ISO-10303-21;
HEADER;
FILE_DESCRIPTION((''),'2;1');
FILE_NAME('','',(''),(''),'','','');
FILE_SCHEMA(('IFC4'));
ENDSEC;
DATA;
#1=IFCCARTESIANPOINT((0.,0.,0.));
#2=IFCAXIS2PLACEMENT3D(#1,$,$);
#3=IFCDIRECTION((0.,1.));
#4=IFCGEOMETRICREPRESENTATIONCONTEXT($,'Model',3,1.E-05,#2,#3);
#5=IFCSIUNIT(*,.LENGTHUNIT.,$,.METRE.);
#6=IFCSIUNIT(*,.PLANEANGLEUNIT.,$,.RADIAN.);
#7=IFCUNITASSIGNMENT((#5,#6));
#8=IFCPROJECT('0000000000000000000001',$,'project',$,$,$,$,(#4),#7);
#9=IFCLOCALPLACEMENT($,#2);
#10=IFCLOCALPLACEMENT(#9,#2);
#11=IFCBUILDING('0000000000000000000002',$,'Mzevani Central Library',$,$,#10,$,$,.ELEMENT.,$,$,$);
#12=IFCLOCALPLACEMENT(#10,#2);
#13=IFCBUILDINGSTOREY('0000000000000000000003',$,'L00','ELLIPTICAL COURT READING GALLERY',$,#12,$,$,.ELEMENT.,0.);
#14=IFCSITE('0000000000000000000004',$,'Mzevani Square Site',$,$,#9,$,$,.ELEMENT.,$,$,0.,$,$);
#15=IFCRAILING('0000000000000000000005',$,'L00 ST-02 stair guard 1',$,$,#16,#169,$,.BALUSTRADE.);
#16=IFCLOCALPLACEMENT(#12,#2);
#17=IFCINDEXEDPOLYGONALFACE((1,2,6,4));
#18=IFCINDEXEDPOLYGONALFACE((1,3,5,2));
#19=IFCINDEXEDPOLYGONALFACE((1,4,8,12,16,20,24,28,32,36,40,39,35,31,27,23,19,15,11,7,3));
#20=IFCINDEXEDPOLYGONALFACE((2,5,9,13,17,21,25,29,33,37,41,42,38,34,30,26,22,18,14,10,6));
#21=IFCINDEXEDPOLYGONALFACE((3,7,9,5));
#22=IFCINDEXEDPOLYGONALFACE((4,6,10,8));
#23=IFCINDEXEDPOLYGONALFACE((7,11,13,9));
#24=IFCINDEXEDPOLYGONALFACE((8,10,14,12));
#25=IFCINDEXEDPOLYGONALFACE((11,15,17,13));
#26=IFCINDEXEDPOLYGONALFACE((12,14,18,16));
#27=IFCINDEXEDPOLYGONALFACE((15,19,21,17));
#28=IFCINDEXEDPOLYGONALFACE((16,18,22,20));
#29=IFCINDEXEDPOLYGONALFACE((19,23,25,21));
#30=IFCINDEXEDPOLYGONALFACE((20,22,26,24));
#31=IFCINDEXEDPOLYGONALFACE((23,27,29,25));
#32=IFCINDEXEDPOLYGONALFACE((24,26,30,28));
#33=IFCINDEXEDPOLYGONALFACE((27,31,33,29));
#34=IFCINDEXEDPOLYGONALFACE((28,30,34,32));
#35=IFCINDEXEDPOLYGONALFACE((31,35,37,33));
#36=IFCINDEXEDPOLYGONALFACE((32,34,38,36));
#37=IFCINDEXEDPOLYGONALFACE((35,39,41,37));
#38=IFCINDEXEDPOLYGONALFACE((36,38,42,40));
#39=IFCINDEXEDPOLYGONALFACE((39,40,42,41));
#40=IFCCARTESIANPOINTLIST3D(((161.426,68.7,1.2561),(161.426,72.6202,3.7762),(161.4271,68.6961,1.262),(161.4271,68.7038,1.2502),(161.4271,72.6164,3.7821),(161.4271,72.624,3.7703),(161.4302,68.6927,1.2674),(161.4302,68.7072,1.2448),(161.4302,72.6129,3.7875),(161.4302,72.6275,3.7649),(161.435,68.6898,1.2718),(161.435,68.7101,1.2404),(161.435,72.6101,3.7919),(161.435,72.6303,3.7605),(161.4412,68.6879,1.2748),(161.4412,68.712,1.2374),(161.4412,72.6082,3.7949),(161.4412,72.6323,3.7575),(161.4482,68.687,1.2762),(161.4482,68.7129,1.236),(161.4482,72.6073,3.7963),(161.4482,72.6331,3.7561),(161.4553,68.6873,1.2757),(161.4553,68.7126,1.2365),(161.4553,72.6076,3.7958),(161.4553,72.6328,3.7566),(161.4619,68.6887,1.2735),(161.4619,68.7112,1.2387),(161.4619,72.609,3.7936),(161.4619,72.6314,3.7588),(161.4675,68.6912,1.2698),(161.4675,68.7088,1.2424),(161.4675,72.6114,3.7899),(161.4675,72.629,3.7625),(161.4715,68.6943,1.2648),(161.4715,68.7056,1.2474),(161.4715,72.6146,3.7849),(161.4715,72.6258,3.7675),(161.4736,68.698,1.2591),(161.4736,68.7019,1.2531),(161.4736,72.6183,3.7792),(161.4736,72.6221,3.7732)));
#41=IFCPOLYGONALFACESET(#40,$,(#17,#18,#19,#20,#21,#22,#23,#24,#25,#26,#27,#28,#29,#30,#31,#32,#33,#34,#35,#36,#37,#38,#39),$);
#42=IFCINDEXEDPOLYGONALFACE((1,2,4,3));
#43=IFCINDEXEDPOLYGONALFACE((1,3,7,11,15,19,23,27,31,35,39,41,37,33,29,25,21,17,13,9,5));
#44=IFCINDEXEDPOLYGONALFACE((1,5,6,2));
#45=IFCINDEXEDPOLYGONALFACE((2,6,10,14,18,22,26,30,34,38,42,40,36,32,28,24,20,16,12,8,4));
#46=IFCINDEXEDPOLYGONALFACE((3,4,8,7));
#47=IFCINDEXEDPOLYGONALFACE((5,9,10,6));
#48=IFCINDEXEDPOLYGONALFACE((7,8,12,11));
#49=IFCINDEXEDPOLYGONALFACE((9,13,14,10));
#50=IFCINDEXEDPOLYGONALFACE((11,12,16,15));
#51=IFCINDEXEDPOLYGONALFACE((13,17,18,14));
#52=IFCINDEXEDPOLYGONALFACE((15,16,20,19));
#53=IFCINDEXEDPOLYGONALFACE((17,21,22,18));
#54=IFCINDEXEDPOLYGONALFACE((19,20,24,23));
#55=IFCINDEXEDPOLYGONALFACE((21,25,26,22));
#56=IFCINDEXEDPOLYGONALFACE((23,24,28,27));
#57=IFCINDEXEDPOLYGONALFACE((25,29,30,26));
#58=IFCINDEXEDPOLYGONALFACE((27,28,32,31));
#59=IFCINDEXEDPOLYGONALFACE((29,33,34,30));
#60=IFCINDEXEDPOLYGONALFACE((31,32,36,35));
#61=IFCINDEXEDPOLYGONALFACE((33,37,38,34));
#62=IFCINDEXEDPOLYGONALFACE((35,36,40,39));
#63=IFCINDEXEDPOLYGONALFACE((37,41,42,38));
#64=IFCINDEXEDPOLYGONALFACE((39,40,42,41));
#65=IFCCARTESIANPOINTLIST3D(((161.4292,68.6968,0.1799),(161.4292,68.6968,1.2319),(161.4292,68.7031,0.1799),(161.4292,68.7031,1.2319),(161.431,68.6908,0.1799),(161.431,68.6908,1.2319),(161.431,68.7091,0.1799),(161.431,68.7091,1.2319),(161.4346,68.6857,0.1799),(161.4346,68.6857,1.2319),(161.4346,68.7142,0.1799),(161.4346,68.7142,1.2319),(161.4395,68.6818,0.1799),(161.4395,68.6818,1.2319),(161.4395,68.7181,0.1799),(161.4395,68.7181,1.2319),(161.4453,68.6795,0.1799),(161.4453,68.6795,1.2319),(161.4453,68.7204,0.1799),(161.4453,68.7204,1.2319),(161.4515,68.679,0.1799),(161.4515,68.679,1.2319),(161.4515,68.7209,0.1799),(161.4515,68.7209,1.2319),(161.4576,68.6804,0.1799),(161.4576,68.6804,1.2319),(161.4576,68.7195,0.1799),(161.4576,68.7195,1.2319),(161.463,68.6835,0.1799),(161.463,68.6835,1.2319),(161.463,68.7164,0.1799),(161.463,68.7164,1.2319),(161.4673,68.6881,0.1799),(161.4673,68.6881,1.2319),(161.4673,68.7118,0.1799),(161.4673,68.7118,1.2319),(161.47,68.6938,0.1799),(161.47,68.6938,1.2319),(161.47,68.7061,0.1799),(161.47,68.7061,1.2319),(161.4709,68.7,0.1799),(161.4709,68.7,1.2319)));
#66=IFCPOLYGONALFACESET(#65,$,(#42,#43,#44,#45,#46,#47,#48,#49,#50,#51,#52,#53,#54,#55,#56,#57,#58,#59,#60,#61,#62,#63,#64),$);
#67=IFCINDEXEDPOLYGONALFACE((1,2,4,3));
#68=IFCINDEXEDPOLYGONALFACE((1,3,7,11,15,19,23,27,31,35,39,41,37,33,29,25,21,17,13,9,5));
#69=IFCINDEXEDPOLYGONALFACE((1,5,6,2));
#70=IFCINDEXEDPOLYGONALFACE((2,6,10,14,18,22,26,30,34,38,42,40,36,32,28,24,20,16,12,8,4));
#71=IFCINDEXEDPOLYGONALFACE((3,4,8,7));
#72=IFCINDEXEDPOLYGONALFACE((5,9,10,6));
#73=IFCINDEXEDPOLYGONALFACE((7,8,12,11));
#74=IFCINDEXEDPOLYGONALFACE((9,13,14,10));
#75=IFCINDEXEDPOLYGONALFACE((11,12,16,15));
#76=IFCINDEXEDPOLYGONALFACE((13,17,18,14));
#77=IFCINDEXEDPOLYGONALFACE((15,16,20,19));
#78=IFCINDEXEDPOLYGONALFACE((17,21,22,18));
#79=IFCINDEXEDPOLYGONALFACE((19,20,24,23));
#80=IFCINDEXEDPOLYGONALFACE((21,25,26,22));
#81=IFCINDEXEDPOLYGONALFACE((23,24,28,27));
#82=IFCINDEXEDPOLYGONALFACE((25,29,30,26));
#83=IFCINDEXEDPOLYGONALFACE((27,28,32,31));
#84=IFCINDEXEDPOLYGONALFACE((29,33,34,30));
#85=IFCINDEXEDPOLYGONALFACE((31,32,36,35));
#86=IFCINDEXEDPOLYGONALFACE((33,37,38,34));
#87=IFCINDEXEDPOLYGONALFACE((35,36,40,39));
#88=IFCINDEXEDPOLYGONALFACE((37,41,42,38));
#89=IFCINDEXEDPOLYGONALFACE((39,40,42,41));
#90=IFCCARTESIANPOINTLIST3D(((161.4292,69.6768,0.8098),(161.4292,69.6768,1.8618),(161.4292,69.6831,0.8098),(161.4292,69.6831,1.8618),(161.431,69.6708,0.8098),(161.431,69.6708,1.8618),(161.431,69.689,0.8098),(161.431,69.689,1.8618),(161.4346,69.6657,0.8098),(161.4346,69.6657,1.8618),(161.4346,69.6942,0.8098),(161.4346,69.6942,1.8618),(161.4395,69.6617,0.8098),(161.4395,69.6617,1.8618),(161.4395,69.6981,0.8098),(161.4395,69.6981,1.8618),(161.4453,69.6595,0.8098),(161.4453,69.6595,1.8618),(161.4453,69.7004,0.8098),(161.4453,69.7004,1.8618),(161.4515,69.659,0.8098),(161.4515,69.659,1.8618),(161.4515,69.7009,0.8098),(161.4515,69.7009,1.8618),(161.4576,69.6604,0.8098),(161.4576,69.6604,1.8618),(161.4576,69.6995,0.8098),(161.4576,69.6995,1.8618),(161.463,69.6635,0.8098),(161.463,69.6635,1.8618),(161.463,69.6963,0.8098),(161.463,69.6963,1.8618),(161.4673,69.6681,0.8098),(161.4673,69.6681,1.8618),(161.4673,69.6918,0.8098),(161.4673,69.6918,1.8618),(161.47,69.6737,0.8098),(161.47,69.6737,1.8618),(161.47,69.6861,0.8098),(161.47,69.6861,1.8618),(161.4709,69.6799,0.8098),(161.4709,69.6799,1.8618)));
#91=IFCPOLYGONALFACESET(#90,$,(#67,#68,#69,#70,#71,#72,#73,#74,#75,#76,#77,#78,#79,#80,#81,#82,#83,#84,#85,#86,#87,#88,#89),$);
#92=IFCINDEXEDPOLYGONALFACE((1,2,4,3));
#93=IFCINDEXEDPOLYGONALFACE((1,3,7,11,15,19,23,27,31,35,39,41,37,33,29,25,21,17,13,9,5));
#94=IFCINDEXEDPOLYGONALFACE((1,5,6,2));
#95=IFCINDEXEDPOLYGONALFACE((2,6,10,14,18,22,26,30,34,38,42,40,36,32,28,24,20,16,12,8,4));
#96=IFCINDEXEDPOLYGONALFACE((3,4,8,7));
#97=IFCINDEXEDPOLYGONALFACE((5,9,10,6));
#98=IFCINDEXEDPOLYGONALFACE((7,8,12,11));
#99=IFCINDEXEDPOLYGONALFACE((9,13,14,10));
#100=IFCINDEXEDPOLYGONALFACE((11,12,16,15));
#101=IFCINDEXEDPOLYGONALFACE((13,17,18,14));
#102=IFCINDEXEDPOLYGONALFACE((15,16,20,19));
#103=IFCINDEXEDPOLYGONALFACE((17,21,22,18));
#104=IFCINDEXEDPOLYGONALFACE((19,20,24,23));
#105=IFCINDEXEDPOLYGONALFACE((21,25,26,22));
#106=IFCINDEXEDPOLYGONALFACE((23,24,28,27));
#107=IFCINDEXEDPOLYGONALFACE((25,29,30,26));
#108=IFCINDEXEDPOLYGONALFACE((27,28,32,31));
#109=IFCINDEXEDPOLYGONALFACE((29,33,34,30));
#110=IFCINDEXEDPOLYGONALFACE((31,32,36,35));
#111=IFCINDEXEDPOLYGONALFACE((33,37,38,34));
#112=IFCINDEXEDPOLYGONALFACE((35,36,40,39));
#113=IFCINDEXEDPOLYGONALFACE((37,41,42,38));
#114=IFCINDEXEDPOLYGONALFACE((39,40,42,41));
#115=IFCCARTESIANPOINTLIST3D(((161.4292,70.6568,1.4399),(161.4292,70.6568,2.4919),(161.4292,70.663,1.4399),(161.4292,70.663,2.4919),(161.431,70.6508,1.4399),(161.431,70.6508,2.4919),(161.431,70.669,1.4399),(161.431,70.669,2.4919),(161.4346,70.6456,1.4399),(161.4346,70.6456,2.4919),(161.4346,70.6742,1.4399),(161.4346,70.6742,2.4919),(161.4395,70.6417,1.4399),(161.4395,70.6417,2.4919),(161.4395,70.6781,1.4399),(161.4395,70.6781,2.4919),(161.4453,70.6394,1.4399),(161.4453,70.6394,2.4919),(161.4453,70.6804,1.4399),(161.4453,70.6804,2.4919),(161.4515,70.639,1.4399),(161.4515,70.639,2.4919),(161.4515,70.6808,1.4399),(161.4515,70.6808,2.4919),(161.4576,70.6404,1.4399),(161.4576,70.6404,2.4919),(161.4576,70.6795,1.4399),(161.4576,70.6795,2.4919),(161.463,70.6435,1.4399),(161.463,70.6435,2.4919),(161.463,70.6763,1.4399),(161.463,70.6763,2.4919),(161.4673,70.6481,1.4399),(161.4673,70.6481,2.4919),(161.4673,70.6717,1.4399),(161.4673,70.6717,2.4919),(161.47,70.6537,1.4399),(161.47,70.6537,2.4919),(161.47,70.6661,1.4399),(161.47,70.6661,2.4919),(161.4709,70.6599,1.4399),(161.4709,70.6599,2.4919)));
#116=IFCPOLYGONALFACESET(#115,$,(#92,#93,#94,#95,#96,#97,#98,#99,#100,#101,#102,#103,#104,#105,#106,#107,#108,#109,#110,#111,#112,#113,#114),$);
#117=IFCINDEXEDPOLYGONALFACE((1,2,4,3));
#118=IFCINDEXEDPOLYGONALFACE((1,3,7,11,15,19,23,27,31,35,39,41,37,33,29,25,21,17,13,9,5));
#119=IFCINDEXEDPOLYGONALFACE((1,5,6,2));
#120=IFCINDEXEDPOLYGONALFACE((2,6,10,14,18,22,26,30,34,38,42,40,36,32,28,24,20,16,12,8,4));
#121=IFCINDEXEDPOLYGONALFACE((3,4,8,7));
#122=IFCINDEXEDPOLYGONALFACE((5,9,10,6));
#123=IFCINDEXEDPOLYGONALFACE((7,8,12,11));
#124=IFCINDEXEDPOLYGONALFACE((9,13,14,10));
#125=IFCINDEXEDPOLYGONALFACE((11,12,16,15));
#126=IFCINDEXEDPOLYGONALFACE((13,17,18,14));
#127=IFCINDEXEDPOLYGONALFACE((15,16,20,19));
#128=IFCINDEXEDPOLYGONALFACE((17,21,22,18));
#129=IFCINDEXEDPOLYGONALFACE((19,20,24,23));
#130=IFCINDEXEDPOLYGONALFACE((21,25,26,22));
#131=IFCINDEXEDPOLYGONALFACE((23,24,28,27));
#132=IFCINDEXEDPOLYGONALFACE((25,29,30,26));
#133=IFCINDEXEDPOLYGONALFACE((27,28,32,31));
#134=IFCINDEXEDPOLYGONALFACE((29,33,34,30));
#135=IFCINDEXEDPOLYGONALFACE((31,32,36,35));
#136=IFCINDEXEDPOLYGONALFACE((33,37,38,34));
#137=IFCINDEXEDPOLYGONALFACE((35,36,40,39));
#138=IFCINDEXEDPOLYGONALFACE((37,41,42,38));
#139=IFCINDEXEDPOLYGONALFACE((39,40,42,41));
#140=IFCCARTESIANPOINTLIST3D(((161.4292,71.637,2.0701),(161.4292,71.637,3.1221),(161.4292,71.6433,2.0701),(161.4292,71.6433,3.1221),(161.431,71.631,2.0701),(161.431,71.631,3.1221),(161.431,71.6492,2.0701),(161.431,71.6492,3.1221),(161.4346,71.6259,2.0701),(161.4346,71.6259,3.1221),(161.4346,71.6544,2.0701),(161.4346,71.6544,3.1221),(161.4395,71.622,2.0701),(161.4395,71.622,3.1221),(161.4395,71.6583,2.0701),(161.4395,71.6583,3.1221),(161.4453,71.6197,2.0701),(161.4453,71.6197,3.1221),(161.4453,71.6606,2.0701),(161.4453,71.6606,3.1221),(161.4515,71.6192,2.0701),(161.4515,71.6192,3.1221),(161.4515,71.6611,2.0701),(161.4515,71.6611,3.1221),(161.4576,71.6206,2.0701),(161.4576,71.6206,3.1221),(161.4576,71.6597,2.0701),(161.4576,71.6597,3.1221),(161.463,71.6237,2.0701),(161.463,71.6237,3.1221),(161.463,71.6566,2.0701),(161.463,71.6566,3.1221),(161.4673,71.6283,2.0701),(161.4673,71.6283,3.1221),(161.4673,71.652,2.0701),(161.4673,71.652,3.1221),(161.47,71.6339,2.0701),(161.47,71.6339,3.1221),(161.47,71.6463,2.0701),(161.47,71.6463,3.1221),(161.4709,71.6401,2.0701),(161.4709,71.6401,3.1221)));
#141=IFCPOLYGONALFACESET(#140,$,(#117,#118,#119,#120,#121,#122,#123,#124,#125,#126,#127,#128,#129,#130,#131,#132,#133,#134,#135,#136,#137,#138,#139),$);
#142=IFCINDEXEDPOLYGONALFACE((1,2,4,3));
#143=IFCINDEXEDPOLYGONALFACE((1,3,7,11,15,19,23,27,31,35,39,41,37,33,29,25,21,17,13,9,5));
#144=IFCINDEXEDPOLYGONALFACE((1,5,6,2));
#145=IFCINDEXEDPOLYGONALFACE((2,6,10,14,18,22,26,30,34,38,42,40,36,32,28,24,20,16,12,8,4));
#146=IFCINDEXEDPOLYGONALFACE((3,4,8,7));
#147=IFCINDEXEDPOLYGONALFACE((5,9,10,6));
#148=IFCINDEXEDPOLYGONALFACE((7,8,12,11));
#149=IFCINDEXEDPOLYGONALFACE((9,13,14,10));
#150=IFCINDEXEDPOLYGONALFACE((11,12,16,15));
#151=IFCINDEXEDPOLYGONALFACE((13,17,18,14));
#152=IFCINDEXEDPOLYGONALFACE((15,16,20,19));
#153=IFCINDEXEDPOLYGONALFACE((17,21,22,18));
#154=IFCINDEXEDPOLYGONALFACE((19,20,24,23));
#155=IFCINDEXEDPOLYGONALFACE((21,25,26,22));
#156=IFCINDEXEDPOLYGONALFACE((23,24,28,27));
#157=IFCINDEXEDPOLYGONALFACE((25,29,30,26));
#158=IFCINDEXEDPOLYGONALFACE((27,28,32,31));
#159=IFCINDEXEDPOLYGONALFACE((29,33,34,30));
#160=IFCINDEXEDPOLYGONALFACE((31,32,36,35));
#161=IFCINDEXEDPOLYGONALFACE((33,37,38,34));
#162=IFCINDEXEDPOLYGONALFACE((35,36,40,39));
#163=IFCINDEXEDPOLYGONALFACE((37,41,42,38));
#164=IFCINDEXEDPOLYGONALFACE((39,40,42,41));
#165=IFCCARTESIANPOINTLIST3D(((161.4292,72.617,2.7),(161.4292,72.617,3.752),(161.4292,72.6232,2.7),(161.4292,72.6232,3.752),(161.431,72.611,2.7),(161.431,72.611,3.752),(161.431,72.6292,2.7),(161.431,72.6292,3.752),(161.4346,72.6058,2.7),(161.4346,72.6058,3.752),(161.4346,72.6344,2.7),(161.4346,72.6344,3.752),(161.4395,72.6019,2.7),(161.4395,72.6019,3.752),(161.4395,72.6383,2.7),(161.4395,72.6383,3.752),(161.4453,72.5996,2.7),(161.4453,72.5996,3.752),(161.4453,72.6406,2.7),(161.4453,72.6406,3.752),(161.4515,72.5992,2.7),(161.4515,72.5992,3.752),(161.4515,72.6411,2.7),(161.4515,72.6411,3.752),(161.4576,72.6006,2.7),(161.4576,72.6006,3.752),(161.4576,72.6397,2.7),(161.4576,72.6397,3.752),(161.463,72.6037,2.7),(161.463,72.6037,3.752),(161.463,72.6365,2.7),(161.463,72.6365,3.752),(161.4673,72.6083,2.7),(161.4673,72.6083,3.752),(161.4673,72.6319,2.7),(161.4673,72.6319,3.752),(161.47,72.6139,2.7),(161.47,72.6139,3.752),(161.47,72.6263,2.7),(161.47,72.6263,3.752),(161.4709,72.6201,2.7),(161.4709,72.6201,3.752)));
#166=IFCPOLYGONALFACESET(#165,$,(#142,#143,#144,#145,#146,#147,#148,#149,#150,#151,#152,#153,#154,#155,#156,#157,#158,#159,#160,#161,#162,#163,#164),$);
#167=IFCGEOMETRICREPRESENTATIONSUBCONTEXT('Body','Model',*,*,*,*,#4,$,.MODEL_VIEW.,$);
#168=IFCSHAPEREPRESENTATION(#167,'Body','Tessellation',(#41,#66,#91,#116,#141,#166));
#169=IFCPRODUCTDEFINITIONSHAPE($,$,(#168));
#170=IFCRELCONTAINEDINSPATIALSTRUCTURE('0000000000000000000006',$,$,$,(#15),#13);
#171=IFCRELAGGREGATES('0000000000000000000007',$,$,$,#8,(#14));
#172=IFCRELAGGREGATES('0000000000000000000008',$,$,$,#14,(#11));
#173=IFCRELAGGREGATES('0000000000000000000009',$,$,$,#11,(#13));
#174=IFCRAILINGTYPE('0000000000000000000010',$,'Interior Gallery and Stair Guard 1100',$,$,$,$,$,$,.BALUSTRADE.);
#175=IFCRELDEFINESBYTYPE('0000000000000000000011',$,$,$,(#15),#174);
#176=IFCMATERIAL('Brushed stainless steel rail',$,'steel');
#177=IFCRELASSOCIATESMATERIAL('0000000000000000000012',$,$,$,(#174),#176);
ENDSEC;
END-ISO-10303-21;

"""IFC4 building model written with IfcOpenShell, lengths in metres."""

from ifc_helpers import new_model, si_unit, direction, frame, origin, origin_2d, place, context, subcontext, project, spatial, circle, extrude, material, type_object, element, save


model = new_model("IFC4")

# Units and contexts
model_context = context("Model", 3, precision=1e-05, world=origin(), true_north=direction((0.0, 1.0)))
body_context = subcontext(model_context, "Body", "Model", "MODEL_VIEW")
ifc_project = project(units=[si_unit("LENGTHUNIT", "METRE"), si_unit("PLANEANGLEUNIT", "RADIAN")], contexts=[model_context])

# Site, building, storey
site_placement = place(None, origin())
site = spatial("IfcSite", under=ifc_project, at=site_placement, Name="Mzevani Square Site", CompositionType="ELEMENT", RefElevation=0.0)
building_placement = place(site_placement, origin())
building = spatial("IfcBuilding", under=site, at=building_placement, Name="Mzevani Central Library", CompositionType="ELEMENT")
storey_placement = place(building_placement, origin())
storey = spatial("IfcBuildingStorey", under=building, at=storey_placement, Name="L00", Description="ELLIPTICAL COURT READING GALLERY", CompositionType="ELEMENT", Elevation=0.0)

# Railing
ifc_material_1 = material(Name="Brushed stainless steel rail", Category="steel")
railing_type_1 = type_object("IfcRailingType", Name="Interior Gallery and Stair Guard 1100", PredefinedType="BALUSTRADE", material=ifc_material_1)
railing_1_placement = place(storey_placement, frame((161.45, 68.7, 0.1799)))
element("IfcRailing", 1, at=railing_1_placement, inside=storey, type_object=railing_type_1, Name="L00 ST-02 stair guard 1", PredefinedType="BALUSTRADE", context=body_context, shape_type="SweptSolid", body=[
    extrude(circle(Radius=0.0239, at=origin_2d()), frame((0.0, 0.0, 1.0762), z_axis=(0.0, 0.841187, 0.540744), x_axis=(-1.0, 0.0, 0.0)), (0.0, 0.0, 1.0), 4.6604),
    extrude(circle(Radius=0.021, at=origin_2d()), origin(), (0.0, 0.0, 1.0), 1.052),
    extrude(circle(Radius=0.021, at=origin_2d()), frame((0.0, 0.98, 0.6299)), (0.0, 0.0, 1.0), 1.052),
    extrude(circle(Radius=0.021, at=origin_2d()), frame((0.0, 1.96, 1.26)), (0.0, 0.0, 1.0), 1.052),
    extrude(circle(Radius=0.021, at=origin_2d()), frame((0.0, 2.9402, 1.8901)), (0.0, 0.0, 1.0), 1.052),
    extrude(circle(Radius=0.021, at=origin_2d()), frame((0.0, 3.9202, 2.52)), (0.0, 0.0, 1.0), 1.052),
])

save(model, "model.ifc")
